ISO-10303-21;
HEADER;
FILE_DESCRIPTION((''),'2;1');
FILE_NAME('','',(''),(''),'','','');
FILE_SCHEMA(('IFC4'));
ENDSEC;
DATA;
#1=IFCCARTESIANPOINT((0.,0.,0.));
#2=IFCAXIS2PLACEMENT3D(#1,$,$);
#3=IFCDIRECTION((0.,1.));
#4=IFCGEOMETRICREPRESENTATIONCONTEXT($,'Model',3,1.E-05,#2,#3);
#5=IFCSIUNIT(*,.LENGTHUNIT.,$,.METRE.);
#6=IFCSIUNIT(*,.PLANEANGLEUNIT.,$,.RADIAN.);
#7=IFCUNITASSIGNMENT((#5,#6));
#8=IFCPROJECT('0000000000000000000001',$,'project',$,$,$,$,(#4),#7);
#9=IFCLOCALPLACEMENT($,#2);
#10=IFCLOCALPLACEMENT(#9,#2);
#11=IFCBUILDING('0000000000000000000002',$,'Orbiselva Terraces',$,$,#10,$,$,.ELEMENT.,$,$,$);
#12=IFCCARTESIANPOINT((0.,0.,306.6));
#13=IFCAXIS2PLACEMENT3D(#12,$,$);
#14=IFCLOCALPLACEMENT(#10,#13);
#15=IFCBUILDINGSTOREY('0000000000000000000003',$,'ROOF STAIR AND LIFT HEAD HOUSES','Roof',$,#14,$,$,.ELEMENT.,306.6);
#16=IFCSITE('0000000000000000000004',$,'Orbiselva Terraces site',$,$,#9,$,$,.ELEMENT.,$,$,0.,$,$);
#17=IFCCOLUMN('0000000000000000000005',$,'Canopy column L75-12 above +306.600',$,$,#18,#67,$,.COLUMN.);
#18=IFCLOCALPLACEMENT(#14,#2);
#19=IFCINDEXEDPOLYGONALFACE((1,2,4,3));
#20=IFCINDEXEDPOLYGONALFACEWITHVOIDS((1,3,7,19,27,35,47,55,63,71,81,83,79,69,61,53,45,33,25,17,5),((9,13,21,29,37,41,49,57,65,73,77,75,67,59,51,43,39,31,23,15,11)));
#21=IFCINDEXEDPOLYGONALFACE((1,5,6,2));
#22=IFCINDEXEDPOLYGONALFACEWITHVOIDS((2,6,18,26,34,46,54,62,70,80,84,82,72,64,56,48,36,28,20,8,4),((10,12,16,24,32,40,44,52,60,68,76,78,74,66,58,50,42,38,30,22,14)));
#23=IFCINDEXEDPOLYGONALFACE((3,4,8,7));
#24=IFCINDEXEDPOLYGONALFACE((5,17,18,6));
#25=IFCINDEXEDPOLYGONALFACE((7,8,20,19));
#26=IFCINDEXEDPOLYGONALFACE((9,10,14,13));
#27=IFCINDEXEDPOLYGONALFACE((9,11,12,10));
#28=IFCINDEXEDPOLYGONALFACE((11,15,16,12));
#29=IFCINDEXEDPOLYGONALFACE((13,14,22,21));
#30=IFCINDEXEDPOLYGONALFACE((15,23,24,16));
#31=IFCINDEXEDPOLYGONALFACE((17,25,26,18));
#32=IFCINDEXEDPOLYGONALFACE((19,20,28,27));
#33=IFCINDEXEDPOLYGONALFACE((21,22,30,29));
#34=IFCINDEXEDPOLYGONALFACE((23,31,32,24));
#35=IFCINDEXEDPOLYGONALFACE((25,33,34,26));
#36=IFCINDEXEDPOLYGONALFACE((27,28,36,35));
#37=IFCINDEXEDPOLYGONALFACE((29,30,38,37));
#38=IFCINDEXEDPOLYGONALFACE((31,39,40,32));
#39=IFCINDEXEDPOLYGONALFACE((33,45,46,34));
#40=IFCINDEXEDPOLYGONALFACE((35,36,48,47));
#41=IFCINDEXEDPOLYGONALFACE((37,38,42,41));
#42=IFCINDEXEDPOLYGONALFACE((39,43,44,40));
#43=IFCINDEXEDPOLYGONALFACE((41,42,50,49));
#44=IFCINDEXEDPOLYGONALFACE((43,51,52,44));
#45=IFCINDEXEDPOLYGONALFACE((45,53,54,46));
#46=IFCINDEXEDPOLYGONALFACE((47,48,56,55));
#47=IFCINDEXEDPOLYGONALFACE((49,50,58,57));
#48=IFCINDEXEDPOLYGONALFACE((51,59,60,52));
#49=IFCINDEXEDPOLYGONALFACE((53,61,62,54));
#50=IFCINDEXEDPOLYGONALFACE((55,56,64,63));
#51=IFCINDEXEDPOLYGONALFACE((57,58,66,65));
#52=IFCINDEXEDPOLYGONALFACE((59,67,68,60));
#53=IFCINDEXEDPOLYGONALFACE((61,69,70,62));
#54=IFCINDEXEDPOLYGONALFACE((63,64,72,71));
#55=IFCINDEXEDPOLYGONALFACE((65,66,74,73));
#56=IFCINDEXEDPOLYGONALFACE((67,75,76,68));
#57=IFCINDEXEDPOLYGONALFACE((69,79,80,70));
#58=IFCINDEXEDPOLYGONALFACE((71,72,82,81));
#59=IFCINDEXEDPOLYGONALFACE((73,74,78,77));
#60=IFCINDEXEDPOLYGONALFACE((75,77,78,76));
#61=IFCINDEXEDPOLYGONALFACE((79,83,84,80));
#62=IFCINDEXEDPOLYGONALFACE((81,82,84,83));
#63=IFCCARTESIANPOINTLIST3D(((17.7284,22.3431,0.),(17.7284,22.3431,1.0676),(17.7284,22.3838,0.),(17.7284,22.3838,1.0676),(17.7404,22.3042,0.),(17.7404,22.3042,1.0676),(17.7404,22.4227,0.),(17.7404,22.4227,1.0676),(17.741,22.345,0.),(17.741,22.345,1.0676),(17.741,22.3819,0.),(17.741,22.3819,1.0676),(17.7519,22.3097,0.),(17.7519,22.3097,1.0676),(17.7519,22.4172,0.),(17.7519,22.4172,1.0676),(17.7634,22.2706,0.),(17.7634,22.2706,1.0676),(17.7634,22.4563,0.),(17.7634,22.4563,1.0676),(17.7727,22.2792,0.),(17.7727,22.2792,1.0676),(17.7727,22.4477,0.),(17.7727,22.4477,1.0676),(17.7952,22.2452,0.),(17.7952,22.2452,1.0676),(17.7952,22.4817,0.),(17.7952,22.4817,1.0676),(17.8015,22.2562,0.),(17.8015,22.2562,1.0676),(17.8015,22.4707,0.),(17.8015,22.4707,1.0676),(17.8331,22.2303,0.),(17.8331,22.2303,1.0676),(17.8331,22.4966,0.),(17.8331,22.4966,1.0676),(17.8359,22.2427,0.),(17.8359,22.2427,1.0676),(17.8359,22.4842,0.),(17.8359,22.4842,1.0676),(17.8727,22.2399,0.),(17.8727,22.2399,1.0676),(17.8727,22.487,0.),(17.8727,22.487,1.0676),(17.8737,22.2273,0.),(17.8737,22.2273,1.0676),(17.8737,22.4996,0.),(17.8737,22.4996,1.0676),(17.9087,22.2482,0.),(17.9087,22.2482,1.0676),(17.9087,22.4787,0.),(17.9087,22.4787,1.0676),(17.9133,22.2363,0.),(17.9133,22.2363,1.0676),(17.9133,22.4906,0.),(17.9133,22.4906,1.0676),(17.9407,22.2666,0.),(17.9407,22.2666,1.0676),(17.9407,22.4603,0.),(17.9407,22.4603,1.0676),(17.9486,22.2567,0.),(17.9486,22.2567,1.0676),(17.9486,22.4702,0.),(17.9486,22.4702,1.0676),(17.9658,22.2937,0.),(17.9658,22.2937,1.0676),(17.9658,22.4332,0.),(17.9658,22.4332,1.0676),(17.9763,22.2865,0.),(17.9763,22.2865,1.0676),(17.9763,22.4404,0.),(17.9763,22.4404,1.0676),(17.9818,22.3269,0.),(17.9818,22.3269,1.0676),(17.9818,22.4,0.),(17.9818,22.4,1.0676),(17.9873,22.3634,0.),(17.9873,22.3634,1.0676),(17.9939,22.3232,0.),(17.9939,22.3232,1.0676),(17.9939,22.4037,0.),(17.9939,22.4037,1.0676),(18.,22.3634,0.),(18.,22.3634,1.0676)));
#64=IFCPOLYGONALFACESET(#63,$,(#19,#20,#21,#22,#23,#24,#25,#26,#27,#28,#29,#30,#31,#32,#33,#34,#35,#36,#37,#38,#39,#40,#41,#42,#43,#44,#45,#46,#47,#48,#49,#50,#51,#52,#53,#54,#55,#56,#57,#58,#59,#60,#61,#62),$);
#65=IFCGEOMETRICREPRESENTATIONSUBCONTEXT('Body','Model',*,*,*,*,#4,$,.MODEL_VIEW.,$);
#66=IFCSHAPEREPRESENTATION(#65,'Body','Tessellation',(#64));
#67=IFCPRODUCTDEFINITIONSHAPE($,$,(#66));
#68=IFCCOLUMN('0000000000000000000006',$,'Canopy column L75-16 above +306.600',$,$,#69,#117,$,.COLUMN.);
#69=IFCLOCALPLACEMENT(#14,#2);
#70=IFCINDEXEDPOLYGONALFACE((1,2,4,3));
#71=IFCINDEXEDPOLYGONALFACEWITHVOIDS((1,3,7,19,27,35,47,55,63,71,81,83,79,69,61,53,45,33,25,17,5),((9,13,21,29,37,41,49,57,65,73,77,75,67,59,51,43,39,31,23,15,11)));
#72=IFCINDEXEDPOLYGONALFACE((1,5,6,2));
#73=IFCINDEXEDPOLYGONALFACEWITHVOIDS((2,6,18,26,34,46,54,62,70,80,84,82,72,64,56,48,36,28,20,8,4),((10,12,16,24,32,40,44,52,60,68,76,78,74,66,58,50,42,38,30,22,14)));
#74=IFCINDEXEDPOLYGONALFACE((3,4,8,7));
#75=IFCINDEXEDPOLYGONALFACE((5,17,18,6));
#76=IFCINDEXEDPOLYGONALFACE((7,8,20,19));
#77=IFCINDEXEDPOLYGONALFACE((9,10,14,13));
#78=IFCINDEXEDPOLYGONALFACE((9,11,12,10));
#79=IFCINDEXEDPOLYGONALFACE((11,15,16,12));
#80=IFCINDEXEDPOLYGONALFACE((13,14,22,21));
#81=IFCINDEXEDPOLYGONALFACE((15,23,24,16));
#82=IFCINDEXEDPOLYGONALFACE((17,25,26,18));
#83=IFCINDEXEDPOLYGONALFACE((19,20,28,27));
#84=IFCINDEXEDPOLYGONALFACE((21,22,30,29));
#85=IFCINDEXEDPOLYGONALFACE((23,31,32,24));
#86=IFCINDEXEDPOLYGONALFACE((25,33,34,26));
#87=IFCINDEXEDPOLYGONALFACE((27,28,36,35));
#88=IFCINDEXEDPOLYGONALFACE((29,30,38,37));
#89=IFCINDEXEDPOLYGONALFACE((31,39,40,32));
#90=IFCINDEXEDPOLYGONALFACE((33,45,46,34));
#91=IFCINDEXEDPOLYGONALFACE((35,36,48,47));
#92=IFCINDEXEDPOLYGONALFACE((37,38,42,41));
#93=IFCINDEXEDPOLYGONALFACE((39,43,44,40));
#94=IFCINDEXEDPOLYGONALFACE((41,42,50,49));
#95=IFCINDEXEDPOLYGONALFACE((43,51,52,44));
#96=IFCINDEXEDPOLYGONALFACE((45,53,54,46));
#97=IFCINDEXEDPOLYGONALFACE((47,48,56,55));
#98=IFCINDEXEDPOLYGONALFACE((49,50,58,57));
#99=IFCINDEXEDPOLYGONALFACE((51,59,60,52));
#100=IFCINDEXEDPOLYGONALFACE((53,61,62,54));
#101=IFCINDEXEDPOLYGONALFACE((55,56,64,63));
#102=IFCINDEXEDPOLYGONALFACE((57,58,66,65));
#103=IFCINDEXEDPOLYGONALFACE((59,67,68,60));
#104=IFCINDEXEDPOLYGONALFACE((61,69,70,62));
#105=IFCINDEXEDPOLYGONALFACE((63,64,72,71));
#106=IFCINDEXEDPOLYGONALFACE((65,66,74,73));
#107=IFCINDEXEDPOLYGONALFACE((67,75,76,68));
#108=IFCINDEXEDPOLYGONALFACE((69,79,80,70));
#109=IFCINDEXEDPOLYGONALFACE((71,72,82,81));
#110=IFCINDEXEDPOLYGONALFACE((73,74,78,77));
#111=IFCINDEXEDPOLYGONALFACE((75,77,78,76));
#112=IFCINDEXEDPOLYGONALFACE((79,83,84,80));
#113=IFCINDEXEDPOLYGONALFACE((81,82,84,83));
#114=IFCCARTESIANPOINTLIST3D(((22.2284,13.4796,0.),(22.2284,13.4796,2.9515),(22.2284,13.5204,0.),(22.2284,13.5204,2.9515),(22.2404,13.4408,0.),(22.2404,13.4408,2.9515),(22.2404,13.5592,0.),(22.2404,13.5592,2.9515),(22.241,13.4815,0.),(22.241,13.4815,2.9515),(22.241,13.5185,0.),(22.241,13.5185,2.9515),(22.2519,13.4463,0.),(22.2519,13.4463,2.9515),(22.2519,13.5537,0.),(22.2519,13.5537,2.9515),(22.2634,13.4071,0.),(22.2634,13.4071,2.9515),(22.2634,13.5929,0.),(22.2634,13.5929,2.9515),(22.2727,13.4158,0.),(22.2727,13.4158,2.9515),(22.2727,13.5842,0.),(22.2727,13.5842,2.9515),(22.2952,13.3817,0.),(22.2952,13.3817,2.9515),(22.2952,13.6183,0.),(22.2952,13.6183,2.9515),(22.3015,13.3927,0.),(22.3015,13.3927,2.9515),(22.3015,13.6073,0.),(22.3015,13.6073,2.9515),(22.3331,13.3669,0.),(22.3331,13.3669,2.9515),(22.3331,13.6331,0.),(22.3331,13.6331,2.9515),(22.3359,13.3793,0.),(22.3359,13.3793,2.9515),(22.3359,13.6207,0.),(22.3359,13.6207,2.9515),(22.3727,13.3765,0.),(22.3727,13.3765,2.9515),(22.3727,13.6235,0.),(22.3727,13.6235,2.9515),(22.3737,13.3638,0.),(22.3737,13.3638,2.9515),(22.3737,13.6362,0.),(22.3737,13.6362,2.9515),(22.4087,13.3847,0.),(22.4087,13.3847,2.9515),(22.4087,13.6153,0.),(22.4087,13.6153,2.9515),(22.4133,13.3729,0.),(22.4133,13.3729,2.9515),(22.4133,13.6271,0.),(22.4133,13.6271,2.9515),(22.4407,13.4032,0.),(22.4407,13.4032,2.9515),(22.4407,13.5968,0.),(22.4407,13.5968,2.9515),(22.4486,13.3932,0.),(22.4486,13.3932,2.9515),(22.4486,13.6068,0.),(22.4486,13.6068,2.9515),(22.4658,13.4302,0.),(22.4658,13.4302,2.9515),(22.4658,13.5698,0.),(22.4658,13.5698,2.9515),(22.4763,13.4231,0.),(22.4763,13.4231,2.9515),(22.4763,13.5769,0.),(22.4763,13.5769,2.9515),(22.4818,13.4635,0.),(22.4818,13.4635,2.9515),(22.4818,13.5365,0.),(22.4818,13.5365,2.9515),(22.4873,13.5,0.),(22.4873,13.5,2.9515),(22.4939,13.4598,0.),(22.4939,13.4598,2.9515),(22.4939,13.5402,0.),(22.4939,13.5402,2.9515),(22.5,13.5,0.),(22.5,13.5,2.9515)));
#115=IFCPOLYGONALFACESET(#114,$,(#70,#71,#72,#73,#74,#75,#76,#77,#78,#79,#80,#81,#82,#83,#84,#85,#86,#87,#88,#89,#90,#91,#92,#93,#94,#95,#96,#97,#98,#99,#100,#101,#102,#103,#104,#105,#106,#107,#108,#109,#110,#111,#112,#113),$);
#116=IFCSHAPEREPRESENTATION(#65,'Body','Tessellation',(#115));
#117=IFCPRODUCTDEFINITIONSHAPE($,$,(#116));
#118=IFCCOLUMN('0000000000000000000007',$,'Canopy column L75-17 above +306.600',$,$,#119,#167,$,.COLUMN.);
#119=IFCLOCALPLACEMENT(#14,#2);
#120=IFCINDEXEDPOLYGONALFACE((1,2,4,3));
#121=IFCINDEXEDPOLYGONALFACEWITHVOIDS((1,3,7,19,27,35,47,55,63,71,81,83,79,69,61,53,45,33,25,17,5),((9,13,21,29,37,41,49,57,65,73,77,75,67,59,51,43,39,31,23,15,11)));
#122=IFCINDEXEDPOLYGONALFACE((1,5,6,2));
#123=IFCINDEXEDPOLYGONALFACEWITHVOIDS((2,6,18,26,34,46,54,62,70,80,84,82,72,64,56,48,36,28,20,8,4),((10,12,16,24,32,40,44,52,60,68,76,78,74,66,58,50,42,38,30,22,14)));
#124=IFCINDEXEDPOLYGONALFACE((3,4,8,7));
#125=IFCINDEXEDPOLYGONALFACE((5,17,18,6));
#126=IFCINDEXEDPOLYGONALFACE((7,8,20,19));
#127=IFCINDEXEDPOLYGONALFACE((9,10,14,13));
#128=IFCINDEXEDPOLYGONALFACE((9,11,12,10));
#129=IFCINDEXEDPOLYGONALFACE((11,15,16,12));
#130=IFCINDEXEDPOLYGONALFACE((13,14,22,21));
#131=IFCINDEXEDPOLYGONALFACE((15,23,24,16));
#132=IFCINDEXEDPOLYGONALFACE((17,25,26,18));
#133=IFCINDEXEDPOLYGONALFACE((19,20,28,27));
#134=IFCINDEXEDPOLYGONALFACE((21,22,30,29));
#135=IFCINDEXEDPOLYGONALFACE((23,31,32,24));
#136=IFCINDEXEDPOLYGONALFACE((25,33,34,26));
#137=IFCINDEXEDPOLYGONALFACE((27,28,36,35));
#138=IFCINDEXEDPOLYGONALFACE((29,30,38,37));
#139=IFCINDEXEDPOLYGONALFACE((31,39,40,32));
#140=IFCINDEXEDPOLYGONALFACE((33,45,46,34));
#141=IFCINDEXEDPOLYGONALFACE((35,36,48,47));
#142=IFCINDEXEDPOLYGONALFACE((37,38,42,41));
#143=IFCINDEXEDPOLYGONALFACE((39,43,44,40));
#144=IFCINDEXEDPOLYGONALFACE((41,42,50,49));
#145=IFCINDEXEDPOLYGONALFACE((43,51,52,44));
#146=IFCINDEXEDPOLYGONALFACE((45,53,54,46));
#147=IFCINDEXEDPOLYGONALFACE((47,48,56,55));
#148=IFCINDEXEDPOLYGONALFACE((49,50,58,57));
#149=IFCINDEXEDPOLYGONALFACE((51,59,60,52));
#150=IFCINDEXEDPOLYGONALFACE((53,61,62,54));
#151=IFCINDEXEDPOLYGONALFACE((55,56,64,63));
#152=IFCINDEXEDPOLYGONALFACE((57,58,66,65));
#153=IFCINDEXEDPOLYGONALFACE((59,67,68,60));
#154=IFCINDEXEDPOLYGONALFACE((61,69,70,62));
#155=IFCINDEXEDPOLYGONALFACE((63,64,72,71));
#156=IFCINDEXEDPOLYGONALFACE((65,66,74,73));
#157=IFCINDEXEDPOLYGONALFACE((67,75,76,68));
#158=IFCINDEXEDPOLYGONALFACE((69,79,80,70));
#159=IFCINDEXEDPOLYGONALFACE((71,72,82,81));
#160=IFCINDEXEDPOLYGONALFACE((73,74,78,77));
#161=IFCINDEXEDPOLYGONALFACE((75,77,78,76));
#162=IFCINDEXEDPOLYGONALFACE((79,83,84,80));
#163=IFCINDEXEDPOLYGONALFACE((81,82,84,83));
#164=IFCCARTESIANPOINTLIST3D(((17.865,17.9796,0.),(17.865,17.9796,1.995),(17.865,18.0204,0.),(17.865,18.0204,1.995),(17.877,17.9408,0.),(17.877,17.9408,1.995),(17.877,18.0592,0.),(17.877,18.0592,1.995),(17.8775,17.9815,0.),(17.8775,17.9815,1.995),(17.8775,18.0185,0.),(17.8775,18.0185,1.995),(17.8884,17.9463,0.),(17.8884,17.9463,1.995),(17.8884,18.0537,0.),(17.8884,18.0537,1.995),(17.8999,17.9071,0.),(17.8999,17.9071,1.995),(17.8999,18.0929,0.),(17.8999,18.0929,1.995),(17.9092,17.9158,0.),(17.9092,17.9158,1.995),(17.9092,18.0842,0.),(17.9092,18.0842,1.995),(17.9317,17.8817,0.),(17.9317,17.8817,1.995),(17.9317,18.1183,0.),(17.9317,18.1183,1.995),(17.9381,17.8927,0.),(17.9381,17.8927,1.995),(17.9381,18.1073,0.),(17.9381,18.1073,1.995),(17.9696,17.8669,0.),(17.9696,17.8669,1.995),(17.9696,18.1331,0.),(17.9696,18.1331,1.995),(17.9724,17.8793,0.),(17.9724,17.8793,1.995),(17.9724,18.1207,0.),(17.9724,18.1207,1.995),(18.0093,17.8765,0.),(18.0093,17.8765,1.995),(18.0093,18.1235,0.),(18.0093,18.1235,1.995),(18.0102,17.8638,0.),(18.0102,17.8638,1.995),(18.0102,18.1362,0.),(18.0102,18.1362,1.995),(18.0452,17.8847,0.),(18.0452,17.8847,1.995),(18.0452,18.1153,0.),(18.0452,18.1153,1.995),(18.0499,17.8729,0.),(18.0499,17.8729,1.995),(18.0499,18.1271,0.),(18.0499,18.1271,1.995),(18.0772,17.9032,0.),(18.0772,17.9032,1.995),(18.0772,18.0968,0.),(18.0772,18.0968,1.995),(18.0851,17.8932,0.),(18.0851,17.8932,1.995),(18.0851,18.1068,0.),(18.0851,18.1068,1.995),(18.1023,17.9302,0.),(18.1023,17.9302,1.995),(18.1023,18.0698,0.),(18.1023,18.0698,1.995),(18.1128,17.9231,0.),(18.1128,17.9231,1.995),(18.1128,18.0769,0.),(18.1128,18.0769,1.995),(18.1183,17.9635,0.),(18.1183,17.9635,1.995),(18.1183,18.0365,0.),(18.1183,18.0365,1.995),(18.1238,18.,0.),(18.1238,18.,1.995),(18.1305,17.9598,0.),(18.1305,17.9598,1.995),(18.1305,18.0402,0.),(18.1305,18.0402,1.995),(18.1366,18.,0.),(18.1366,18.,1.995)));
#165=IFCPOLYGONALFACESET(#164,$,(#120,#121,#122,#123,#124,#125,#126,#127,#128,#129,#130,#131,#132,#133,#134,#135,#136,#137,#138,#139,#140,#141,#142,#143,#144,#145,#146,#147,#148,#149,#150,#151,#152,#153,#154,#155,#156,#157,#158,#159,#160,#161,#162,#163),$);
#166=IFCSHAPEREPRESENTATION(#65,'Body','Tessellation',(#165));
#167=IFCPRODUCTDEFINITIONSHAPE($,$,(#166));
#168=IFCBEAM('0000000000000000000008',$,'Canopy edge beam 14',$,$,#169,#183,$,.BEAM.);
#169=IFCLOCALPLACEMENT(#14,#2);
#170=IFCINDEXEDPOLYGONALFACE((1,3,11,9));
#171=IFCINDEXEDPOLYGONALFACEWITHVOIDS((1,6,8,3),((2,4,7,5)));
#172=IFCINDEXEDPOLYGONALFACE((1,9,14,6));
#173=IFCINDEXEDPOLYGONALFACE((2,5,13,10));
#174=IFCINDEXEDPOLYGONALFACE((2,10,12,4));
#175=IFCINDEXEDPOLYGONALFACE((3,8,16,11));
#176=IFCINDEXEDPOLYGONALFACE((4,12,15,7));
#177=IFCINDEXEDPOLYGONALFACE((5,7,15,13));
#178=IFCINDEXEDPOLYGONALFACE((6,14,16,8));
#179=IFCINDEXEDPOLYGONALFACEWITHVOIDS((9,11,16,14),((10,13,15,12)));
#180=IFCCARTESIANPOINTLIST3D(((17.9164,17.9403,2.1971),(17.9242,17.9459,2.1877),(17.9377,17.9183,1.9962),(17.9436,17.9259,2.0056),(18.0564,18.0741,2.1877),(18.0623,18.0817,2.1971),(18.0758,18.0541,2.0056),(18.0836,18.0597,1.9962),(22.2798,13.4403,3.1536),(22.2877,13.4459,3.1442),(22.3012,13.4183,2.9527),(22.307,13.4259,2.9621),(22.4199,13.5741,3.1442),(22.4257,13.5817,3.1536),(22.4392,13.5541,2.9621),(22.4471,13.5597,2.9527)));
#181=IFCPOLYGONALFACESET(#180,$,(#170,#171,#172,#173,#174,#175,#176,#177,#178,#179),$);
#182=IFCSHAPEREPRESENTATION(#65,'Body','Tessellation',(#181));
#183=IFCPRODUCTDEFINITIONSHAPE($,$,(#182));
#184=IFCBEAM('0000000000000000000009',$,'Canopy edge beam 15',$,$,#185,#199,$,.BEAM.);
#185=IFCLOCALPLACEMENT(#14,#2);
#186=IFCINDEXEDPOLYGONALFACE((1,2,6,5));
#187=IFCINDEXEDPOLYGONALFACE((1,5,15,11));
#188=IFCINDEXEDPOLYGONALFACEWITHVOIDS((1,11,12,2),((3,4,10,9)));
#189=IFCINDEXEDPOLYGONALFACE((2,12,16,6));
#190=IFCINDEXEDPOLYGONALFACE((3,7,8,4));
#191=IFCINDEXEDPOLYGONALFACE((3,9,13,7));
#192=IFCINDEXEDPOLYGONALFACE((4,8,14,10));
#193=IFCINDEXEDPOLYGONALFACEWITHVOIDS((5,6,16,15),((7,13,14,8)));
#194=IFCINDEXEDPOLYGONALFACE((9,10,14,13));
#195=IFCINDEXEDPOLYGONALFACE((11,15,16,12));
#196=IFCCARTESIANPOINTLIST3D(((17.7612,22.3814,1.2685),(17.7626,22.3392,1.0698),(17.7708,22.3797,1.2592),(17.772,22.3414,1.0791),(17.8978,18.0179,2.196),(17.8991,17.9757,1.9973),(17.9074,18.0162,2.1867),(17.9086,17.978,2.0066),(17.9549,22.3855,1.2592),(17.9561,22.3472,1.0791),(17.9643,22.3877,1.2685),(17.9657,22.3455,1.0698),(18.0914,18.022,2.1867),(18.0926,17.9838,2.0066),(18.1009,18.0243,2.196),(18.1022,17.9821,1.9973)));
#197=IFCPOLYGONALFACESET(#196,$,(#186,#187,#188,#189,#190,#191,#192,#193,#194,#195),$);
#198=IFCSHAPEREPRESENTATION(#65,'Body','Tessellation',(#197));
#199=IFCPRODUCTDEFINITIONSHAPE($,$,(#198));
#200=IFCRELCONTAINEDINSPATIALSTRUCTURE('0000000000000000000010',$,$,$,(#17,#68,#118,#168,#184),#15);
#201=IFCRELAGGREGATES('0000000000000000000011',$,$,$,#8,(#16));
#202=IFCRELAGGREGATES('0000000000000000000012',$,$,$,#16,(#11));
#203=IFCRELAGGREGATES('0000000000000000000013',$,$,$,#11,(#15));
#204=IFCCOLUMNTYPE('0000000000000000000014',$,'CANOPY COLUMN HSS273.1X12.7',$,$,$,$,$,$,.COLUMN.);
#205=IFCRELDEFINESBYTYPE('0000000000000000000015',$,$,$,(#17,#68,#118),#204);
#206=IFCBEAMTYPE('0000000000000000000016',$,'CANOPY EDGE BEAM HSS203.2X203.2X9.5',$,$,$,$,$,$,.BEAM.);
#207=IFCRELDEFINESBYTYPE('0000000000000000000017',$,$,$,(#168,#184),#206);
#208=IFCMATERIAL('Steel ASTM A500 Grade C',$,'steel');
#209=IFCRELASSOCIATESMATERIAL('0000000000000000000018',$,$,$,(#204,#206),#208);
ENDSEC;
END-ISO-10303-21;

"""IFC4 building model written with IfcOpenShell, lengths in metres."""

from ifc_helpers import new_model, si_unit, direction, frame, origin, origin_2d, place, context, subcontext, project, spatial, hollow_rectangle, hollow_circle, extrude, material, material_profile, profile_set, type_object, element, save


model = new_model("IFC4")

# Units and contexts
model_context = context("Model", 3, precision=1e-05, world=origin(), true_north=direction((0.0, 1.0)))
body_context = subcontext(model_context, "Body", "Model", "MODEL_VIEW")
ifc_project = project(units=[si_unit("LENGTHUNIT", "METRE"), si_unit("PLANEANGLEUNIT", "RADIAN")], contexts=[model_context])

# Site, building, storey
site_placement = place(None, origin())
site = spatial("IfcSite", under=ifc_project, at=site_placement, Name="Orbiselva Terraces site", CompositionType="ELEMENT", RefElevation=0.0)
building_placement = place(site_placement, origin())
building = spatial("IfcBuilding", under=site, at=building_placement, Name="Orbiselva Terraces", CompositionType="ELEMENT")
storey_placement = place(building_placement, frame((0.0, 0.0, 306.6)))
storey = spatial("IfcBuildingStorey", under=building, at=storey_placement, Name="ROOF STAIR AND LIFT HEAD HOUSES", Description="Roof", CompositionType="ELEMENT", Elevation=306.6)

# Columns
ifc_material = material(Name="Steel ASTM A500 Grade C", Category="steel")
ifc_material_profile_1 = material_profile(ifc_material, hollow_circle(Radius=0.1366, WallThickness=0.0127, at=origin_2d()), Name="HSS273.1X12.7")
ifc_profile_set_1 = profile_set([ifc_material_profile_1], Name="Steel ASTM A500 Grade C")
column_type = type_object("IfcColumnType", Name="CANOPY COLUMN HSS273.1X12.7", PredefinedType="COLUMN", material=ifc_profile_set_1)
column_1_placement = place(storey_placement, frame((17.8635, 22.3635, 0.0), z_axis=(0.0, 0.0, 1.0), x_axis=(1.0, 0.0, 0.0)))
element("IfcColumn", 1, at=column_1_placement, inside=storey, type_object=column_type, Name="Canopy column L75-12 above +306.600", PredefinedType="COLUMN", context=body_context, shape_type="SweptSolid", body=[
    extrude(hollow_circle(Radius=0.1366, WallThickness=0.0127, at=origin_2d()), origin(), (0.0, 0.0, 1.0), 1.0676),
])
column_2_placement = place(storey_placement, frame((22.3635, 13.5, 0.0), z_axis=(0.0, 0.0, 1.0), x_axis=(1.0, 0.0, 0.0)))
element("IfcColumn", 2, at=column_2_placement, inside=storey, type_object=column_type, Name="Canopy column L75-16 above +306.600", PredefinedType="COLUMN", context=body_context, shape_type="SweptSolid", body=[
    extrude(hollow_circle(Radius=0.1366, WallThickness=0.0127, at=origin_2d()), origin(), (0.0, 0.0, 1.0), 2.9515),
])
column_3_placement = place(storey_placement, frame((18.0, 18.0, 0.0), z_axis=(0.0, 0.0, 1.0), x_axis=(1.0, 0.0, 0.0)))
element("IfcColumn", 3, at=column_3_placement, inside=storey, type_object=column_type, Name="Canopy column L75-17 above +306.600", PredefinedType="COLUMN", context=body_context, shape_type="SweptSolid", body=[
    extrude(hollow_circle(Radius=0.1366, WallThickness=0.0127, at=origin_2d()), origin(), (0.0, 0.0, 1.0), 1.995),
])

# Beams
ifc_material_profile_2 = material_profile(ifc_material, hollow_rectangle(XDim=0.2032, YDim=0.2032, WallThickness=0.0095, at=origin_2d()), Name="HSS203.2X203.2X9.5")
ifc_profile_set_2 = profile_set([ifc_material_profile_2], Name="Steel ASTM A500 Grade C")
beam_type_1 = type_object("IfcBeamType", Name="CANOPY EDGE BEAM HSS203.2X203.2X9.5", PredefinedType="BEAM", material=ifc_profile_set_2)
beam_1_placement = place(storey_placement, frame((22.3635, 13.5, 3.0531), z_axis=(-0.688164, 0.7097, -0.150851), x_axis=(-0.717915, -0.696131, 0.0)))
element("IfcBeam", 4, at=beam_1_placement, inside=storey, type_object=beam_type_1, Name="Canopy edge beam 14", PredefinedType="BEAM", context=body_context, shape_type="SweptSolid", body=[
    extrude(hollow_rectangle(XDim=0.2032, YDim=0.2032, WallThickness=0.0095, at=origin_2d()), origin(), (0.0, 0.0, 1.0), 6.3407),
])
beam_2_placement = place(storey_placement, frame((18.0, 18.0, 2.0966), z_axis=(-0.030596, 0.97769, -0.207814), x_axis=(-0.999511, -0.031279, 0.0)))
element("IfcBeam", 5, at=beam_2_placement, inside=storey, type_object=beam_type_1, Name="Canopy edge beam 15", PredefinedType="BEAM", context=body_context, shape_type="SweptSolid", body=[
    extrude(hollow_rectangle(XDim=0.2032, YDim=0.2032, WallThickness=0.0095, at=origin_2d()), origin(), (0.0, 0.0, 1.0), 4.463),
])

save(model, "model.ifc")
